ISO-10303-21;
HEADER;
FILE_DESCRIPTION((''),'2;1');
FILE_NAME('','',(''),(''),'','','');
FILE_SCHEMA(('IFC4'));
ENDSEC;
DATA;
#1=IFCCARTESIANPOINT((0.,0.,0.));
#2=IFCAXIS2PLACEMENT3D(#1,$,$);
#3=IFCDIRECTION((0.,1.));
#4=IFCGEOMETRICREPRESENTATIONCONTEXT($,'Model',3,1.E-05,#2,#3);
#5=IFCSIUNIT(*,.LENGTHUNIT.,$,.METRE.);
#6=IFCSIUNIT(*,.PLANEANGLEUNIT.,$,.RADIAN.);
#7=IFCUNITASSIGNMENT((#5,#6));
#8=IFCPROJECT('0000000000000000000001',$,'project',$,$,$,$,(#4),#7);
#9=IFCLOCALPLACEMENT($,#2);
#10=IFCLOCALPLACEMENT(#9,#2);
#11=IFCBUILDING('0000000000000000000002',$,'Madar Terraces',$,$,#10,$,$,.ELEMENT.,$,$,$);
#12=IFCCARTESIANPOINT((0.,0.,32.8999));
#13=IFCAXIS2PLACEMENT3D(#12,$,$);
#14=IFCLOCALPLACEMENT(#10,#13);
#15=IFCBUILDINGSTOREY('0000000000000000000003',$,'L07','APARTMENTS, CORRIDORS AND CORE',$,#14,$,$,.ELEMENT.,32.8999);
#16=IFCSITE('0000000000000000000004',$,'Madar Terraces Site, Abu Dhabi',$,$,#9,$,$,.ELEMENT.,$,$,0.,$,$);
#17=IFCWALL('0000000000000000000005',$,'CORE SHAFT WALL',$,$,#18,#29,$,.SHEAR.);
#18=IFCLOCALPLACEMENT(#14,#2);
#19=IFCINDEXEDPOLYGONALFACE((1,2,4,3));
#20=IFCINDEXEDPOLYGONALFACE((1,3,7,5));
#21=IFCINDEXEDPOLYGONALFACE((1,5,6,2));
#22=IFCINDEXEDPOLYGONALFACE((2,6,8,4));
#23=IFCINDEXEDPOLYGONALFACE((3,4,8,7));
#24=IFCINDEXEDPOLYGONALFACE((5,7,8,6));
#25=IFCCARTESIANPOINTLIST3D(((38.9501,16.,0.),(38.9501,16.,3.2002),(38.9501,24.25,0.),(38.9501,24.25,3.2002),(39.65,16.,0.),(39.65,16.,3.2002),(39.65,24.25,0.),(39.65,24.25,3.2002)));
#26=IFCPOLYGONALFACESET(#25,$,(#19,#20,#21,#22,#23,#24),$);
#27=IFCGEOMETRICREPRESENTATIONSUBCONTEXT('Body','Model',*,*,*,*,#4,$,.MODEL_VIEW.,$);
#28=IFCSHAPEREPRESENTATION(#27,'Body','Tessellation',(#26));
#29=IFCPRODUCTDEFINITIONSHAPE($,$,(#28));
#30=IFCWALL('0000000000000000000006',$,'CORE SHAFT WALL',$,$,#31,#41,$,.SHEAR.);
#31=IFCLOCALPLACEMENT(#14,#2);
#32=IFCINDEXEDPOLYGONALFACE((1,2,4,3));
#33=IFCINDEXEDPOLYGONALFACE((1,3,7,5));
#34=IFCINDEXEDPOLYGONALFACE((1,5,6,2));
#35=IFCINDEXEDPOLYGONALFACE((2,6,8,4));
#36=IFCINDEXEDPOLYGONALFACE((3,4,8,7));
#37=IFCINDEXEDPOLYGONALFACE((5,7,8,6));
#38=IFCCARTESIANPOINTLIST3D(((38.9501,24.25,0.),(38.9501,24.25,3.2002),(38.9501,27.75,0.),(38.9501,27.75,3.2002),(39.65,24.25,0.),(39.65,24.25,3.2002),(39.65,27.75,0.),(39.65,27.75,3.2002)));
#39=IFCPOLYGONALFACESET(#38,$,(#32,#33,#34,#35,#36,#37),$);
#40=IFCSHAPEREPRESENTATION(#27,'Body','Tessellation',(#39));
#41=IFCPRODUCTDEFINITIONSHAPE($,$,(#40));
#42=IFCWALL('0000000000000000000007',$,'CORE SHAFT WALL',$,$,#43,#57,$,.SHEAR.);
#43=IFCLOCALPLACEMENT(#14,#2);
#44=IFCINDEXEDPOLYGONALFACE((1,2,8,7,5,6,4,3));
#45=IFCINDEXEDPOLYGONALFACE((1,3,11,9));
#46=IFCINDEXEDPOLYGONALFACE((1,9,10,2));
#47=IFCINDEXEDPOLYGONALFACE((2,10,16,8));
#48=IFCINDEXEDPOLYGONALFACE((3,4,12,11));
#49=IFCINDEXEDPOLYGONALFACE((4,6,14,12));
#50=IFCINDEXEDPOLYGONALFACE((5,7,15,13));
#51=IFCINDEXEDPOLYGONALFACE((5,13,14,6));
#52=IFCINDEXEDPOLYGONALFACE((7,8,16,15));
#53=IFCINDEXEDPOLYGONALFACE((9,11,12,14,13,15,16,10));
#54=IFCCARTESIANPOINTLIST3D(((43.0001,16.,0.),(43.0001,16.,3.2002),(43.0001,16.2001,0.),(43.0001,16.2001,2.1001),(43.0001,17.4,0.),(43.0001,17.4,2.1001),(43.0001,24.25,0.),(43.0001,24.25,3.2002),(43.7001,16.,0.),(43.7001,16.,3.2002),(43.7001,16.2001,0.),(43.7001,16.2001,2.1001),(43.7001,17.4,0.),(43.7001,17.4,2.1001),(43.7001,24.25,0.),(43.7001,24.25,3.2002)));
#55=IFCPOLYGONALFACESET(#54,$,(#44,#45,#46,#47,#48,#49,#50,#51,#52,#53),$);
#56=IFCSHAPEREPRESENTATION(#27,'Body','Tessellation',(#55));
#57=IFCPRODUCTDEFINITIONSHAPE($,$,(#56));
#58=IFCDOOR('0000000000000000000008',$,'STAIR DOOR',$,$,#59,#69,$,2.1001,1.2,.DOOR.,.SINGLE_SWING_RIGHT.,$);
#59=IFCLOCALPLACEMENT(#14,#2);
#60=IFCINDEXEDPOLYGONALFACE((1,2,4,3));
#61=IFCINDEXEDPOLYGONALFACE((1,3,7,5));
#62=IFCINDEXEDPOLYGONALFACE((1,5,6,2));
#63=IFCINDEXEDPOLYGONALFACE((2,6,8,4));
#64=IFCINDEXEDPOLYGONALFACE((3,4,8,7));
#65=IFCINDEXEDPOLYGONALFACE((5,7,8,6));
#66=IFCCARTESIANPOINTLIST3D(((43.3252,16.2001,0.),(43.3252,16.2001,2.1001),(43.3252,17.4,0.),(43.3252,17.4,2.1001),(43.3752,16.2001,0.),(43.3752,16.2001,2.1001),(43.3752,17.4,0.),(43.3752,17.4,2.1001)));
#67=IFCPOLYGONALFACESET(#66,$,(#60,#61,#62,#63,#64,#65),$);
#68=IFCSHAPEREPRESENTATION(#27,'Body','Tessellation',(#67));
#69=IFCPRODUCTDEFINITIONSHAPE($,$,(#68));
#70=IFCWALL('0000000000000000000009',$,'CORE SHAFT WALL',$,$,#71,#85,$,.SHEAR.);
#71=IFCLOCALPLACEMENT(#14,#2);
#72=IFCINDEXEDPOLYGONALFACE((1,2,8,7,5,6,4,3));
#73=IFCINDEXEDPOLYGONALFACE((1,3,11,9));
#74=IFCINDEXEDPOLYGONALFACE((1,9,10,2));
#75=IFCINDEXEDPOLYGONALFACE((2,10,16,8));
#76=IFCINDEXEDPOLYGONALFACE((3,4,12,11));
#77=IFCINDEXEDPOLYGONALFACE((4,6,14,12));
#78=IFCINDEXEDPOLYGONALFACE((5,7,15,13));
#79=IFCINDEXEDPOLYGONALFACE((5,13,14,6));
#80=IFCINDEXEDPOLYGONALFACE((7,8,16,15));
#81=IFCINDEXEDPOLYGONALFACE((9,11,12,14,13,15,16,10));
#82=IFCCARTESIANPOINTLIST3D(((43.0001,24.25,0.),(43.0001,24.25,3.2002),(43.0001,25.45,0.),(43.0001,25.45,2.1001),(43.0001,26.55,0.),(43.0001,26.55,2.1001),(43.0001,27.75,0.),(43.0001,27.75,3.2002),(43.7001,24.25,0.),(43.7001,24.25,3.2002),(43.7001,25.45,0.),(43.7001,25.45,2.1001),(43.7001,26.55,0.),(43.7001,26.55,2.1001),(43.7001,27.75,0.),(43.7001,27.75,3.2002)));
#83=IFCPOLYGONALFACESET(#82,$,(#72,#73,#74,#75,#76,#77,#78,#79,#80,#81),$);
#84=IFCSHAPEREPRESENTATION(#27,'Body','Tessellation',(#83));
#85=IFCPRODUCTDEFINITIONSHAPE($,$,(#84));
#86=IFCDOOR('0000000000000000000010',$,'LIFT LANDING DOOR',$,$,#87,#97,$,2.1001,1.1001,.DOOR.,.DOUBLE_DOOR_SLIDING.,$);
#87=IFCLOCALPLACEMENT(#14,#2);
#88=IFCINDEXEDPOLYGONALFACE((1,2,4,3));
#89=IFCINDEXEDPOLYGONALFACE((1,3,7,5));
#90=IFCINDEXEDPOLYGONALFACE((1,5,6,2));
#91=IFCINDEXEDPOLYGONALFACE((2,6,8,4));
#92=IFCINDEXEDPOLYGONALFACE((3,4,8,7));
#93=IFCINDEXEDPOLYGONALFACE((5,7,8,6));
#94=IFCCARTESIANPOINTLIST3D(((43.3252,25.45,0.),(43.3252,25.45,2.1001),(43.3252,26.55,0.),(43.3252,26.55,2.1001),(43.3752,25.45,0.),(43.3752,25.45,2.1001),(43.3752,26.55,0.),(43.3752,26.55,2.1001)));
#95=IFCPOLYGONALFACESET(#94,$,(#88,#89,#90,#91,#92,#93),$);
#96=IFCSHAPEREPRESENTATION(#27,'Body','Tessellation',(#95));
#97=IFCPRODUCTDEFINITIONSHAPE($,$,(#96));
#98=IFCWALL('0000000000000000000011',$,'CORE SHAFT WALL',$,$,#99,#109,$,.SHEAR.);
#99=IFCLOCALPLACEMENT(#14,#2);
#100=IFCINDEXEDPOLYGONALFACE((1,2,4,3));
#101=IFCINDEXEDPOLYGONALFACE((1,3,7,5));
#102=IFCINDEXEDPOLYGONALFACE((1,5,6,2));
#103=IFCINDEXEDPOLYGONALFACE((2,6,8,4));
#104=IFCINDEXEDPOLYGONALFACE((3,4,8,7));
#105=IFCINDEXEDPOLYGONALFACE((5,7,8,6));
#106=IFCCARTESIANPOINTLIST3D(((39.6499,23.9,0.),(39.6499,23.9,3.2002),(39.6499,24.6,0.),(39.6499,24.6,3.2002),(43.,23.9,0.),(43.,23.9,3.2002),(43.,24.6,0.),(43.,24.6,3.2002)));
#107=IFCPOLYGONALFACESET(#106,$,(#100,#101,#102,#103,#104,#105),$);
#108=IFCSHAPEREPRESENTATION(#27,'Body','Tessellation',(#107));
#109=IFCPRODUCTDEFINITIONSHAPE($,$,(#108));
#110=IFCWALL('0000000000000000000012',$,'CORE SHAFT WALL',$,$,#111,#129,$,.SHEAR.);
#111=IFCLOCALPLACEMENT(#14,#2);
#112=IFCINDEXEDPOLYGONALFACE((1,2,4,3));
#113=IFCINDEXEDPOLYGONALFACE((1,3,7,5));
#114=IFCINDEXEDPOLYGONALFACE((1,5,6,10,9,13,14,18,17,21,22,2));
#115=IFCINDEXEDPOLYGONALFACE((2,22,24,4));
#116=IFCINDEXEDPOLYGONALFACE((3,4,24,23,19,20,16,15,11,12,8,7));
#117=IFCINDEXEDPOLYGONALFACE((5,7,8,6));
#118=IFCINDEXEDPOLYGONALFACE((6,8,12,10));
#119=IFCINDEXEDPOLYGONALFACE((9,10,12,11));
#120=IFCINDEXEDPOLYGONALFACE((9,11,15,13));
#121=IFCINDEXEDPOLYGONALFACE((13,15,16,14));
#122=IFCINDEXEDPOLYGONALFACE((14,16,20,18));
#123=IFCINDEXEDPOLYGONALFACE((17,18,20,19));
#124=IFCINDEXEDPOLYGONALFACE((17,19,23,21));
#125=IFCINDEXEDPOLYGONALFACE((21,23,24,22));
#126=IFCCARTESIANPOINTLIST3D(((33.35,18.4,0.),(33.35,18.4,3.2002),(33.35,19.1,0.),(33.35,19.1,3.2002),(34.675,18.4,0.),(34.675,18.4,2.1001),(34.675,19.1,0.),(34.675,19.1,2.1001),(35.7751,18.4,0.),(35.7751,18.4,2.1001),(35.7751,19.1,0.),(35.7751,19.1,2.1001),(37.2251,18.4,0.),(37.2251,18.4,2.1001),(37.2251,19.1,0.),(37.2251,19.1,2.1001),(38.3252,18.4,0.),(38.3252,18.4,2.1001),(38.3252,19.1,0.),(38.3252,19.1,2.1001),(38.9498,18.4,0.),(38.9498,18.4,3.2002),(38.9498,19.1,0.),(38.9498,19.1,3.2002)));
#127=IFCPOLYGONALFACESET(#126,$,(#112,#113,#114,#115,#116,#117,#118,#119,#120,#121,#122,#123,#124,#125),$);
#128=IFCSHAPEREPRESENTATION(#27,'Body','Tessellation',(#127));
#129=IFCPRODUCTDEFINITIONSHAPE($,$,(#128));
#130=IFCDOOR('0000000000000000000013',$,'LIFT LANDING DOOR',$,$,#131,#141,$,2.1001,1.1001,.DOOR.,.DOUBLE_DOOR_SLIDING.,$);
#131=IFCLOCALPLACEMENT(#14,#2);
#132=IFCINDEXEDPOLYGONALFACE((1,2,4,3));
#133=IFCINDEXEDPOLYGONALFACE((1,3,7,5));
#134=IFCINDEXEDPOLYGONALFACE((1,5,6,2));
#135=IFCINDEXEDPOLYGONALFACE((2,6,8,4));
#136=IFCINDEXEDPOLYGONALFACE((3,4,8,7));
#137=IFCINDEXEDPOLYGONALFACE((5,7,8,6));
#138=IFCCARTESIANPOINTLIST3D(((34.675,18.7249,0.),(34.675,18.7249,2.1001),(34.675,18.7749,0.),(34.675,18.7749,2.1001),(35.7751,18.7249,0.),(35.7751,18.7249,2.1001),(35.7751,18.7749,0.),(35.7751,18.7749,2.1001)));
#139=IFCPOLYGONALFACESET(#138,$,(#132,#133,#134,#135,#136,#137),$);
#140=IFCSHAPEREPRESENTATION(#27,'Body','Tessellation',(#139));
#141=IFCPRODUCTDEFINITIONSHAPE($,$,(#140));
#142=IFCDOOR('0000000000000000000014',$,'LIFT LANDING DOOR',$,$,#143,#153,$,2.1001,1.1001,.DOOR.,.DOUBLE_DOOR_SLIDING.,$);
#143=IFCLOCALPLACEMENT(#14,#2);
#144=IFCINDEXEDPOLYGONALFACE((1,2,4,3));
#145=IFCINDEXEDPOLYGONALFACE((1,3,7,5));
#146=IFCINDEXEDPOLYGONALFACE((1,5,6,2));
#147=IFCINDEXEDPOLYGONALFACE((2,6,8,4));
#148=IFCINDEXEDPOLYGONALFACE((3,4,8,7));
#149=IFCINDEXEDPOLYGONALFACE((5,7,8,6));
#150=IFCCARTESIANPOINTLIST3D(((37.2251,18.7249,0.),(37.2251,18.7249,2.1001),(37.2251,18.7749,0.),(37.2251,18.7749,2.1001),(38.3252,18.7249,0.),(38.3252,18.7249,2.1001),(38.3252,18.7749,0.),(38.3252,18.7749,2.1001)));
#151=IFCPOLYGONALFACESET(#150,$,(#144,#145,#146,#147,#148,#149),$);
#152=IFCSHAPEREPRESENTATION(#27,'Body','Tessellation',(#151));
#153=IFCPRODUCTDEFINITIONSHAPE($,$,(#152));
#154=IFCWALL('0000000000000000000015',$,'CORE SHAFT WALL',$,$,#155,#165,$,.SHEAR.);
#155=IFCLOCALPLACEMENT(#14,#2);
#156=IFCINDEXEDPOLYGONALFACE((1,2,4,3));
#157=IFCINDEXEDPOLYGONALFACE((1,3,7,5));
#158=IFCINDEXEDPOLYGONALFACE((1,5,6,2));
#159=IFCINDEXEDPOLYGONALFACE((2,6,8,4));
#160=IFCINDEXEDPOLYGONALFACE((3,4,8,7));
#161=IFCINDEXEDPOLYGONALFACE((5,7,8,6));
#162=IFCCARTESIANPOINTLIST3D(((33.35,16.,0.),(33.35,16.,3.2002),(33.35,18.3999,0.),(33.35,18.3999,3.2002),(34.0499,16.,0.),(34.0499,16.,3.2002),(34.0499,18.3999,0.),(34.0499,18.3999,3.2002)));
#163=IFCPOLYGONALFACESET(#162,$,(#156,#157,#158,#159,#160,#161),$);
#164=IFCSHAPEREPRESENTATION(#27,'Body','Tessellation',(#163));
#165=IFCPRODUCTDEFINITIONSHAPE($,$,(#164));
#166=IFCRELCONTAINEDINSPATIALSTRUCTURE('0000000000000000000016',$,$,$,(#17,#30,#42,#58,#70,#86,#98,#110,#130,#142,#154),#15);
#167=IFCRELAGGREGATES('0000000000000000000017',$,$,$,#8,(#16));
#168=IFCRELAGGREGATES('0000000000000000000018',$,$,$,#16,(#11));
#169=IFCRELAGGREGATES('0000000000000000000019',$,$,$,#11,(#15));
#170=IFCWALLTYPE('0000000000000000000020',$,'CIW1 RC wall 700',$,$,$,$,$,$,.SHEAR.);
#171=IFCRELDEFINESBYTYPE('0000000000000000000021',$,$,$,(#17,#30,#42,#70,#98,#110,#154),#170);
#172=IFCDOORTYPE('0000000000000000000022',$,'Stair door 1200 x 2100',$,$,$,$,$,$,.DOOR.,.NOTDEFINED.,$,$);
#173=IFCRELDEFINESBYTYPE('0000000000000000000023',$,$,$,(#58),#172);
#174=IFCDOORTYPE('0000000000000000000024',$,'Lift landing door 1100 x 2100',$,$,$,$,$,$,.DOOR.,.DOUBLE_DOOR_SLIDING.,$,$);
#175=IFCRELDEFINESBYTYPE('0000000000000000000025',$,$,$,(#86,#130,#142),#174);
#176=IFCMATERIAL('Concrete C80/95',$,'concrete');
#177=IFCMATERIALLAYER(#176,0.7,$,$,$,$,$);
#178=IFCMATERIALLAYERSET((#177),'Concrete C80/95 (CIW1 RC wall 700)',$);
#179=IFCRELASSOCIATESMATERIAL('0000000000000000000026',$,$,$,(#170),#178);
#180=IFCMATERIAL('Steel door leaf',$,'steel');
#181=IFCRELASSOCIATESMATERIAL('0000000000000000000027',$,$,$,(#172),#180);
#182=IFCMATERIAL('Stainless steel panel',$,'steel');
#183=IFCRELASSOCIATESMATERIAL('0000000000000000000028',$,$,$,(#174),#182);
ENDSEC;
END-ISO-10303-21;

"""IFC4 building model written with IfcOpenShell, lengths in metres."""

from ifc_helpers import new_model, si_unit, direction, frame, frame_2d, origin, place, context, subcontext, project, spatial, rectangle, extrude, material, layer, layer_set, type_object, element, fill, save


model = new_model("IFC4")

# Units and contexts
model_context = context("Model", 3, precision=1e-05, world=origin(), true_north=direction((0.0, 1.0)))
body_context = subcontext(model_context, "Body", "Model", "MODEL_VIEW")
ifc_project = project(units=[si_unit("LENGTHUNIT", "METRE"), si_unit("PLANEANGLEUNIT", "RADIAN")], contexts=[model_context])

# Site, building, storey
site_placement = place(None, origin())
site = spatial("IfcSite", under=ifc_project, at=site_placement, Name="Madar Terraces Site, Abu Dhabi", CompositionType="ELEMENT", RefElevation=0.0)
building_placement = place(site_placement, origin())
building = spatial("IfcBuilding", under=site, at=building_placement, Name="Madar Terraces", CompositionType="ELEMENT")
storey_placement = place(building_placement, frame((0.0, 0.0, 32.8999)))
storey = spatial("IfcBuildingStorey", under=building, at=storey_placement, Name="L07", Description="APARTMENTS, CORRIDORS AND CORE", CompositionType="ELEMENT", Elevation=32.8999)

# Walls
ifc_material_1 = material(Name="Concrete C80/95", Category="concrete")
ifc_layer_1 = layer(ifc_material_1, 0.7)
ifc_layer_set_1 = layer_set([ifc_layer_1], Name="Concrete C80/95 (CIW1 RC wall 700)")
wall_type_1 = type_object("IfcWallType", Name="CIW1 RC wall 700", PredefinedType="SHEAR", material=ifc_layer_set_1)
wall_1_placement = place(storey_placement, frame((39.3, 16.0, 0.0), z_axis=(0.0, 0.0, 1.0), x_axis=(0.0, 1.0, 0.0)))
element("IfcWall", 1, at=wall_1_placement, inside=storey, type_object=wall_type_1, Name="CORE SHAFT WALL", PredefinedType="SHEAR", context=body_context, shape_type="SweptSolid", body=[
    extrude(rectangle(XDim=8.25, YDim=0.7, at=frame_2d((4.125, 0.0))), origin(), (0.0, 0.0, 1.0), 3.2002),
])
wall_2_placement = place(storey_placement, frame((39.3, 24.25, 0.0), z_axis=(0.0, 0.0, 1.0), x_axis=(0.0, 1.0, 0.0)))
element("IfcWall", 2, at=wall_2_placement, inside=storey, type_object=wall_type_1, Name="CORE SHAFT WALL", PredefinedType="SHEAR", context=body_context, shape_type="SweptSolid", body=[
    extrude(rectangle(XDim=3.5, YDim=0.7, at=frame_2d((1.75, 0.0))), origin(), (0.0, 0.0, 1.0), 3.2002),
])

# Walls, openings, doors
wall_3_placement = place(storey_placement, frame((43.3501, 16.0, 0.0), z_axis=(0.0, 0.0, 1.0), x_axis=(0.0, 1.0, 0.0)))
wall_3 = element("IfcWall", 3, at=wall_3_placement, inside=storey, type_object=wall_type_1, Name="CORE SHAFT WALL", PredefinedType="SHEAR", context=body_context, shape_type="SweptSolid", body=[
    extrude(rectangle(XDim=8.25, YDim=0.7, at=frame_2d((4.125, 0.0))), origin(), (0.0, 0.0, 1.0), 3.2002),
])
opening_1_placement = place(wall_3_placement, frame((0.2, 0.0, 0.0)))
opening_1 = element("IfcOpeningElement", 4, at=opening_1_placement, cuts=wall_3, PredefinedType="OPENING", context=body_context, shape_type="SweptSolid", body=[
    extrude(rectangle(XDim=1.2, YDim=2.1001, at=frame_2d((0.6001, 1.05))), frame((0.0, 0.3599, 0.0), z_axis=(0.0, -1.0, 0.0), x_axis=(1.0, 0.0, 0.0)), (0.0, 0.0, 1.0), 0.72),
])
ifc_material_2 = material(Name="Steel door leaf", Category="steel")
door_type_1 = type_object("IfcDoorType", Name="Stair door 1200 x 2100", OperationType="NOTDEFINED", PredefinedType="DOOR", material=ifc_material_2)
door_1_placement = place(opening_1_placement, origin())
door_1 = element("IfcDoor", 5, at=door_1_placement, inside=storey, type_object=door_type_1, Name="STAIR DOOR", OperationType="SINGLE_SWING_RIGHT", OverallHeight=2.1001, OverallWidth=1.2, PredefinedType="DOOR", context=body_context, shape_type="SweptSolid", body=[
    extrude(rectangle(XDim=1.2, YDim=2.1001, at=frame_2d((0.6001, 1.05))), frame((0.0, 0.0249, 0.0), z_axis=(0.0, -1.0, 0.0), x_axis=(1.0, 0.0, 0.0)), (0.0, 0.0, 1.0), 0.05),
])
fill(opening_1, door_1)
wall_4_placement = place(storey_placement, frame((43.3501, 24.25, 0.0), z_axis=(0.0, 0.0, 1.0), x_axis=(0.0, 1.0, 0.0)))
wall_4 = element("IfcWall", 6, at=wall_4_placement, inside=storey, type_object=wall_type_1, Name="CORE SHAFT WALL", PredefinedType="SHEAR", context=body_context, shape_type="SweptSolid", body=[
    extrude(rectangle(XDim=3.5, YDim=0.7, at=frame_2d((1.75, 0.0))), origin(), (0.0, 0.0, 1.0), 3.2002),
])
opening_2_placement = place(wall_4_placement, frame((1.2, 0.0, 0.0)))
opening_2 = element("IfcOpeningElement", 7, at=opening_2_placement, cuts=wall_4, PredefinedType="OPENING", context=body_context, shape_type="SweptSolid", body=[
    extrude(rectangle(XDim=1.1001, YDim=2.1001, at=frame_2d((0.55, 1.05))), frame((0.0, 0.3599, 0.0), z_axis=(0.0, -1.0, 0.0), x_axis=(1.0, 0.0, 0.0)), (0.0, 0.0, 1.0), 0.72),
])
ifc_material_3 = material(Name="Stainless steel panel", Category="steel")
door_type_2 = type_object("IfcDoorType", Name="Lift landing door 1100 x 2100", OperationType="DOUBLE_DOOR_SLIDING", PredefinedType="DOOR", material=ifc_material_3)
door_2_placement = place(opening_2_placement, origin())
door_2 = element("IfcDoor", 8, at=door_2_placement, inside=storey, type_object=door_type_2, Name="LIFT LANDING DOOR", OperationType="DOUBLE_DOOR_SLIDING", OverallHeight=2.1001, OverallWidth=1.1001, PredefinedType="DOOR", context=body_context, shape_type="SweptSolid", body=[
    extrude(rectangle(XDim=1.1001, YDim=2.1001, at=frame_2d((0.55, 1.05))), frame((0.0, 0.0249, 0.0), z_axis=(0.0, -1.0, 0.0), x_axis=(1.0, 0.0, 0.0)), (0.0, 0.0, 1.0), 0.05),
])
fill(opening_2, door_2)

# Wall
wall_5_placement = place(storey_placement, frame((39.6499, 24.25, 0.0), z_axis=(0.0, 0.0, 1.0), x_axis=(1.0, 0.0, 0.0)))
element("IfcWall", 9, at=wall_5_placement, inside=storey, type_object=wall_type_1, Name="CORE SHAFT WALL", PredefinedType="SHEAR", context=body_context, shape_type="SweptSolid", body=[
    extrude(rectangle(XDim=3.3501, YDim=0.7, at=frame_2d((1.675, 0.0))), origin(), (0.0, 0.0, 1.0), 3.2002),
])

# Wall, openings, doors
wall_6_placement = place(storey_placement, frame((33.3501, 18.75, 0.0), z_axis=(0.0, 0.0, 1.0), x_axis=(1.0, 0.0, 0.0)))
wall_6 = element("IfcWall", 10, at=wall_6_placement, inside=storey, type_object=wall_type_1, Name="CORE SHAFT WALL", PredefinedType="SHEAR", context=body_context, shape_type="SweptSolid", body=[
    extrude(rectangle(XDim=5.5999, YDim=0.7, at=frame_2d((2.7998, 0.0))), origin(), (0.0, 0.0, 1.0), 3.2002),
])
opening_3_placement = place(wall_6_placement, frame((1.325, 0.0, 0.0)))
opening_3 = element("IfcOpeningElement", 11, at=opening_3_placement, cuts=wall_6, PredefinedType="OPENING", context=body_context, shape_type="SweptSolid", body=[
    extrude(rectangle(XDim=1.1001, YDim=2.1001, at=frame_2d((0.55, 1.05))), frame((0.0, 0.3599, 0.0), z_axis=(0.0, -1.0, 0.0), x_axis=(1.0, 0.0, 0.0)), (0.0, 0.0, 1.0), 0.72),
])
opening_4_placement = place(wall_6_placement, frame((3.875, 0.0, 0.0)))
opening_4 = element("IfcOpeningElement", 12, at=opening_4_placement, cuts=wall_6, PredefinedType="OPENING", context=body_context, shape_type="SweptSolid", body=[
    extrude(rectangle(XDim=1.1001, YDim=2.1001, at=frame_2d((0.55, 1.05))), frame((0.0, 0.3599, 0.0), z_axis=(0.0, -1.0, 0.0), x_axis=(1.0, 0.0, 0.0)), (0.0, 0.0, 1.0), 0.72),
])
door_3_placement = place(opening_3_placement, origin())
door_3 = element("IfcDoor", 13, at=door_3_placement, inside=storey, type_object=door_type_2, Name="LIFT LANDING DOOR", OperationType="DOUBLE_DOOR_SLIDING", OverallHeight=2.1001, OverallWidth=1.1001, PredefinedType="DOOR", context=body_context, shape_type="SweptSolid", body=[
    extrude(rectangle(XDim=1.1001, YDim=2.1001, at=frame_2d((0.55, 1.05))), frame((0.0, 0.0249, 0.0), z_axis=(0.0, -1.0, 0.0), x_axis=(1.0, 0.0, 0.0)), (0.0, 0.0, 1.0), 0.05),
])
fill(opening_3, door_3)
door_4_placement = place(opening_4_placement, origin())
door_4 = element("IfcDoor", 14, at=door_4_placement, inside=storey, type_object=door_type_2, Name="LIFT LANDING DOOR", OperationType="DOUBLE_DOOR_SLIDING", OverallHeight=2.1001, OverallWidth=1.1001, PredefinedType="DOOR", context=body_context, shape_type="SweptSolid", body=[
    extrude(rectangle(XDim=1.1001, YDim=2.1001, at=frame_2d((0.55, 1.05))), frame((0.0, 0.0249, 0.0), z_axis=(0.0, -1.0, 0.0), x_axis=(1.0, 0.0, 0.0)), (0.0, 0.0, 1.0), 0.05),
])
fill(opening_4, door_4)

# Wall
wall_7_placement = place(storey_placement, frame((33.7, 16.0, 0.0), z_axis=(0.0, 0.0, 1.0), x_axis=(0.0, 1.0, 0.0)))
element("IfcWall", 15, at=wall_7_placement, inside=storey, type_object=wall_type_1, Name="CORE SHAFT WALL", PredefinedType="SHEAR", context=body_context, shape_type="SweptSolid", body=[
    extrude(rectangle(XDim=2.3999, YDim=0.7, at=frame_2d((1.2, 0.0))), origin(), (0.0, 0.0, 1.0), 3.2002),
])

save(model, "model.ifc")
